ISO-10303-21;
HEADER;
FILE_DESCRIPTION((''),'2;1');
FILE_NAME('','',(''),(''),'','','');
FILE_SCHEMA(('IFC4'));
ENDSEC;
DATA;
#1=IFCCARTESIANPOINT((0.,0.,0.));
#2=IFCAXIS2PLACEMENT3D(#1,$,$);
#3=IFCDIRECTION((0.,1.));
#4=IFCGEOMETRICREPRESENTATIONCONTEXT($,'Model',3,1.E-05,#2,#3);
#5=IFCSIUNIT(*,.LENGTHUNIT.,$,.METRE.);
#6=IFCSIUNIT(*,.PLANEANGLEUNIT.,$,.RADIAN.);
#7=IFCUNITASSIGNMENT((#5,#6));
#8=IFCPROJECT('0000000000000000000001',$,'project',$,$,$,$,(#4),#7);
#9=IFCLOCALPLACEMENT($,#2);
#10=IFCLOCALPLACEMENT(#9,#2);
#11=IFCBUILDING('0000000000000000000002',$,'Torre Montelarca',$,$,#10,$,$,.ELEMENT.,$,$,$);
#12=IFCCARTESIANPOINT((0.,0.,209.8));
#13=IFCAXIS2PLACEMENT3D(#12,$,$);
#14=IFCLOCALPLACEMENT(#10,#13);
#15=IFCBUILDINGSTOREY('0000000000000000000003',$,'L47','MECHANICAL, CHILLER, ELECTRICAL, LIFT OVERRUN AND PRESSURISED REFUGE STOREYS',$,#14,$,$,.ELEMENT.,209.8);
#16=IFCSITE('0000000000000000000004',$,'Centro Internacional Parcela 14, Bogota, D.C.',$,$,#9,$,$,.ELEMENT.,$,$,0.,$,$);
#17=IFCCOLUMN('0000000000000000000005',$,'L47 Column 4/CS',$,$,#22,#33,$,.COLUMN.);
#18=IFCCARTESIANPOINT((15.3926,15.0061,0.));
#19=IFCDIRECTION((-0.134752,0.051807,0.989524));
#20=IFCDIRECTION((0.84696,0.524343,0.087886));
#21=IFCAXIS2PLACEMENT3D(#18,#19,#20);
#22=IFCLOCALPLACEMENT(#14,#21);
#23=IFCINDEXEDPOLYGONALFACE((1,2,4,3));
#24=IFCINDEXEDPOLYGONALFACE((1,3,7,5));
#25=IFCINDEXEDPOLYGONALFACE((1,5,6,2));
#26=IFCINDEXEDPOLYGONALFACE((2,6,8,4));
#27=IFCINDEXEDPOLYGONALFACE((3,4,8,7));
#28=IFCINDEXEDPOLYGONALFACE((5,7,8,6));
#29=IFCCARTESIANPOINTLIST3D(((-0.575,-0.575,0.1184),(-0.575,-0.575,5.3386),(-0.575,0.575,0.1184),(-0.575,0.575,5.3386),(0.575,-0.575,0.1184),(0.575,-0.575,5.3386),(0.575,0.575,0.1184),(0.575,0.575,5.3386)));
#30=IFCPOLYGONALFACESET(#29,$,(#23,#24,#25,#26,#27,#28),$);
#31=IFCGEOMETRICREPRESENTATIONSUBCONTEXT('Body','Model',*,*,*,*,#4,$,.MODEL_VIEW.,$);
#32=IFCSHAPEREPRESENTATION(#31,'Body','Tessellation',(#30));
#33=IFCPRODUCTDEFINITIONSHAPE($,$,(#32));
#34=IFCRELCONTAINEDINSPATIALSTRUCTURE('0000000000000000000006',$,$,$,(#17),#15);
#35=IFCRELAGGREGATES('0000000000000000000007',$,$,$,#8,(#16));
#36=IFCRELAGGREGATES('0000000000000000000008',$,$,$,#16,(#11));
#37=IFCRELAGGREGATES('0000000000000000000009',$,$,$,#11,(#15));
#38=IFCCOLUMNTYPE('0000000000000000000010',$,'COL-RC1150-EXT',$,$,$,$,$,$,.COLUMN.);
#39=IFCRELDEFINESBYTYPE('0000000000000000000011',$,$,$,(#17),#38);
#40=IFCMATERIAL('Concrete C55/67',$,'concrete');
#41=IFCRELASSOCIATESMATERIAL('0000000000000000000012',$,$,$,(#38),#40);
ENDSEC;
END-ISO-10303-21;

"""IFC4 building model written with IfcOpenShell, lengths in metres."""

from ifc_helpers import new_model, si_unit, direction, frame, origin, origin_2d, place, context, subcontext, project, spatial, rectangle, extrude, clip, halfspace, material, material_profile, profile_set, type_object, element, save


model = new_model("IFC4")

# Units and contexts
model_context = context("Model", 3, precision=1e-05, world=origin(), true_north=direction((0.0, 1.0)))
body_context = subcontext(model_context, "Body", "Model", "MODEL_VIEW")
ifc_project = project(units=[si_unit("LENGTHUNIT", "METRE"), si_unit("PLANEANGLEUNIT", "RADIAN")], contexts=[model_context])

# Site, building, storey
site_placement = place(None, origin())
site = spatial("IfcSite", under=ifc_project, at=site_placement, Name="Centro Internacional Parcela 14, Bogota, D.C.", CompositionType="ELEMENT", RefElevation=0.0)
building_placement = place(site_placement, origin())
building = spatial("IfcBuilding", under=site, at=building_placement, Name="Torre Montelarca", CompositionType="ELEMENT")
storey_placement = place(building_placement, frame((0.0, 0.0, 209.8)))
storey = spatial("IfcBuildingStorey", under=building, at=storey_placement, Name="L47", Description="MECHANICAL, CHILLER, ELECTRICAL, LIFT OVERRUN AND PRESSURISED REFUGE STOREYS", CompositionType="ELEMENT", Elevation=209.8)

# Column
ifc_material_1 = material(Name="Concrete C55/67", Category="concrete")
ifc_material_profile_1 = material_profile(ifc_material_1, rectangle(XDim=1.1499, YDim=1.1499, at=origin_2d()), Name="RC1150X1150", Category="concrete")
ifc_profile_set_1 = profile_set([ifc_material_profile_1], Name="Concrete C55/67")
column_type = type_object("IfcColumnType", Name="COL-RC1150-EXT", PredefinedType="COLUMN", material=ifc_profile_set_1)
column_placement = place(storey_placement, frame((15.3926, 15.0061, 0.0), z_axis=(-0.134752, 0.051807, 0.989524), x_axis=(0.84696, 0.524343, 0.087886)))
element("IfcColumn", 1, at=column_placement, inside=storey, type_object=column_type, Name="L47 Column 4/CS", PredefinedType="COLUMN", context=body_context, shape_type="Clipping", body=[
    clip(clip(extrude(rectangle(XDim=1.1499, YDim=1.1499, at=origin_2d()), origin(), (0.0, 0.0, 1.0), 5.457), halfspace(frame((0.0, 0.0, 0.1184), z_axis=(0.0, 0.0, -1.0), x_axis=(1.0, 0.0, 0.0)), False)), halfspace(frame((0.0, 0.0, 5.3386), z_axis=(0.0, 0.0, 1.0), x_axis=(1.0, 0.0, 0.0)), False)),
])

save(model, "model.ifc")
